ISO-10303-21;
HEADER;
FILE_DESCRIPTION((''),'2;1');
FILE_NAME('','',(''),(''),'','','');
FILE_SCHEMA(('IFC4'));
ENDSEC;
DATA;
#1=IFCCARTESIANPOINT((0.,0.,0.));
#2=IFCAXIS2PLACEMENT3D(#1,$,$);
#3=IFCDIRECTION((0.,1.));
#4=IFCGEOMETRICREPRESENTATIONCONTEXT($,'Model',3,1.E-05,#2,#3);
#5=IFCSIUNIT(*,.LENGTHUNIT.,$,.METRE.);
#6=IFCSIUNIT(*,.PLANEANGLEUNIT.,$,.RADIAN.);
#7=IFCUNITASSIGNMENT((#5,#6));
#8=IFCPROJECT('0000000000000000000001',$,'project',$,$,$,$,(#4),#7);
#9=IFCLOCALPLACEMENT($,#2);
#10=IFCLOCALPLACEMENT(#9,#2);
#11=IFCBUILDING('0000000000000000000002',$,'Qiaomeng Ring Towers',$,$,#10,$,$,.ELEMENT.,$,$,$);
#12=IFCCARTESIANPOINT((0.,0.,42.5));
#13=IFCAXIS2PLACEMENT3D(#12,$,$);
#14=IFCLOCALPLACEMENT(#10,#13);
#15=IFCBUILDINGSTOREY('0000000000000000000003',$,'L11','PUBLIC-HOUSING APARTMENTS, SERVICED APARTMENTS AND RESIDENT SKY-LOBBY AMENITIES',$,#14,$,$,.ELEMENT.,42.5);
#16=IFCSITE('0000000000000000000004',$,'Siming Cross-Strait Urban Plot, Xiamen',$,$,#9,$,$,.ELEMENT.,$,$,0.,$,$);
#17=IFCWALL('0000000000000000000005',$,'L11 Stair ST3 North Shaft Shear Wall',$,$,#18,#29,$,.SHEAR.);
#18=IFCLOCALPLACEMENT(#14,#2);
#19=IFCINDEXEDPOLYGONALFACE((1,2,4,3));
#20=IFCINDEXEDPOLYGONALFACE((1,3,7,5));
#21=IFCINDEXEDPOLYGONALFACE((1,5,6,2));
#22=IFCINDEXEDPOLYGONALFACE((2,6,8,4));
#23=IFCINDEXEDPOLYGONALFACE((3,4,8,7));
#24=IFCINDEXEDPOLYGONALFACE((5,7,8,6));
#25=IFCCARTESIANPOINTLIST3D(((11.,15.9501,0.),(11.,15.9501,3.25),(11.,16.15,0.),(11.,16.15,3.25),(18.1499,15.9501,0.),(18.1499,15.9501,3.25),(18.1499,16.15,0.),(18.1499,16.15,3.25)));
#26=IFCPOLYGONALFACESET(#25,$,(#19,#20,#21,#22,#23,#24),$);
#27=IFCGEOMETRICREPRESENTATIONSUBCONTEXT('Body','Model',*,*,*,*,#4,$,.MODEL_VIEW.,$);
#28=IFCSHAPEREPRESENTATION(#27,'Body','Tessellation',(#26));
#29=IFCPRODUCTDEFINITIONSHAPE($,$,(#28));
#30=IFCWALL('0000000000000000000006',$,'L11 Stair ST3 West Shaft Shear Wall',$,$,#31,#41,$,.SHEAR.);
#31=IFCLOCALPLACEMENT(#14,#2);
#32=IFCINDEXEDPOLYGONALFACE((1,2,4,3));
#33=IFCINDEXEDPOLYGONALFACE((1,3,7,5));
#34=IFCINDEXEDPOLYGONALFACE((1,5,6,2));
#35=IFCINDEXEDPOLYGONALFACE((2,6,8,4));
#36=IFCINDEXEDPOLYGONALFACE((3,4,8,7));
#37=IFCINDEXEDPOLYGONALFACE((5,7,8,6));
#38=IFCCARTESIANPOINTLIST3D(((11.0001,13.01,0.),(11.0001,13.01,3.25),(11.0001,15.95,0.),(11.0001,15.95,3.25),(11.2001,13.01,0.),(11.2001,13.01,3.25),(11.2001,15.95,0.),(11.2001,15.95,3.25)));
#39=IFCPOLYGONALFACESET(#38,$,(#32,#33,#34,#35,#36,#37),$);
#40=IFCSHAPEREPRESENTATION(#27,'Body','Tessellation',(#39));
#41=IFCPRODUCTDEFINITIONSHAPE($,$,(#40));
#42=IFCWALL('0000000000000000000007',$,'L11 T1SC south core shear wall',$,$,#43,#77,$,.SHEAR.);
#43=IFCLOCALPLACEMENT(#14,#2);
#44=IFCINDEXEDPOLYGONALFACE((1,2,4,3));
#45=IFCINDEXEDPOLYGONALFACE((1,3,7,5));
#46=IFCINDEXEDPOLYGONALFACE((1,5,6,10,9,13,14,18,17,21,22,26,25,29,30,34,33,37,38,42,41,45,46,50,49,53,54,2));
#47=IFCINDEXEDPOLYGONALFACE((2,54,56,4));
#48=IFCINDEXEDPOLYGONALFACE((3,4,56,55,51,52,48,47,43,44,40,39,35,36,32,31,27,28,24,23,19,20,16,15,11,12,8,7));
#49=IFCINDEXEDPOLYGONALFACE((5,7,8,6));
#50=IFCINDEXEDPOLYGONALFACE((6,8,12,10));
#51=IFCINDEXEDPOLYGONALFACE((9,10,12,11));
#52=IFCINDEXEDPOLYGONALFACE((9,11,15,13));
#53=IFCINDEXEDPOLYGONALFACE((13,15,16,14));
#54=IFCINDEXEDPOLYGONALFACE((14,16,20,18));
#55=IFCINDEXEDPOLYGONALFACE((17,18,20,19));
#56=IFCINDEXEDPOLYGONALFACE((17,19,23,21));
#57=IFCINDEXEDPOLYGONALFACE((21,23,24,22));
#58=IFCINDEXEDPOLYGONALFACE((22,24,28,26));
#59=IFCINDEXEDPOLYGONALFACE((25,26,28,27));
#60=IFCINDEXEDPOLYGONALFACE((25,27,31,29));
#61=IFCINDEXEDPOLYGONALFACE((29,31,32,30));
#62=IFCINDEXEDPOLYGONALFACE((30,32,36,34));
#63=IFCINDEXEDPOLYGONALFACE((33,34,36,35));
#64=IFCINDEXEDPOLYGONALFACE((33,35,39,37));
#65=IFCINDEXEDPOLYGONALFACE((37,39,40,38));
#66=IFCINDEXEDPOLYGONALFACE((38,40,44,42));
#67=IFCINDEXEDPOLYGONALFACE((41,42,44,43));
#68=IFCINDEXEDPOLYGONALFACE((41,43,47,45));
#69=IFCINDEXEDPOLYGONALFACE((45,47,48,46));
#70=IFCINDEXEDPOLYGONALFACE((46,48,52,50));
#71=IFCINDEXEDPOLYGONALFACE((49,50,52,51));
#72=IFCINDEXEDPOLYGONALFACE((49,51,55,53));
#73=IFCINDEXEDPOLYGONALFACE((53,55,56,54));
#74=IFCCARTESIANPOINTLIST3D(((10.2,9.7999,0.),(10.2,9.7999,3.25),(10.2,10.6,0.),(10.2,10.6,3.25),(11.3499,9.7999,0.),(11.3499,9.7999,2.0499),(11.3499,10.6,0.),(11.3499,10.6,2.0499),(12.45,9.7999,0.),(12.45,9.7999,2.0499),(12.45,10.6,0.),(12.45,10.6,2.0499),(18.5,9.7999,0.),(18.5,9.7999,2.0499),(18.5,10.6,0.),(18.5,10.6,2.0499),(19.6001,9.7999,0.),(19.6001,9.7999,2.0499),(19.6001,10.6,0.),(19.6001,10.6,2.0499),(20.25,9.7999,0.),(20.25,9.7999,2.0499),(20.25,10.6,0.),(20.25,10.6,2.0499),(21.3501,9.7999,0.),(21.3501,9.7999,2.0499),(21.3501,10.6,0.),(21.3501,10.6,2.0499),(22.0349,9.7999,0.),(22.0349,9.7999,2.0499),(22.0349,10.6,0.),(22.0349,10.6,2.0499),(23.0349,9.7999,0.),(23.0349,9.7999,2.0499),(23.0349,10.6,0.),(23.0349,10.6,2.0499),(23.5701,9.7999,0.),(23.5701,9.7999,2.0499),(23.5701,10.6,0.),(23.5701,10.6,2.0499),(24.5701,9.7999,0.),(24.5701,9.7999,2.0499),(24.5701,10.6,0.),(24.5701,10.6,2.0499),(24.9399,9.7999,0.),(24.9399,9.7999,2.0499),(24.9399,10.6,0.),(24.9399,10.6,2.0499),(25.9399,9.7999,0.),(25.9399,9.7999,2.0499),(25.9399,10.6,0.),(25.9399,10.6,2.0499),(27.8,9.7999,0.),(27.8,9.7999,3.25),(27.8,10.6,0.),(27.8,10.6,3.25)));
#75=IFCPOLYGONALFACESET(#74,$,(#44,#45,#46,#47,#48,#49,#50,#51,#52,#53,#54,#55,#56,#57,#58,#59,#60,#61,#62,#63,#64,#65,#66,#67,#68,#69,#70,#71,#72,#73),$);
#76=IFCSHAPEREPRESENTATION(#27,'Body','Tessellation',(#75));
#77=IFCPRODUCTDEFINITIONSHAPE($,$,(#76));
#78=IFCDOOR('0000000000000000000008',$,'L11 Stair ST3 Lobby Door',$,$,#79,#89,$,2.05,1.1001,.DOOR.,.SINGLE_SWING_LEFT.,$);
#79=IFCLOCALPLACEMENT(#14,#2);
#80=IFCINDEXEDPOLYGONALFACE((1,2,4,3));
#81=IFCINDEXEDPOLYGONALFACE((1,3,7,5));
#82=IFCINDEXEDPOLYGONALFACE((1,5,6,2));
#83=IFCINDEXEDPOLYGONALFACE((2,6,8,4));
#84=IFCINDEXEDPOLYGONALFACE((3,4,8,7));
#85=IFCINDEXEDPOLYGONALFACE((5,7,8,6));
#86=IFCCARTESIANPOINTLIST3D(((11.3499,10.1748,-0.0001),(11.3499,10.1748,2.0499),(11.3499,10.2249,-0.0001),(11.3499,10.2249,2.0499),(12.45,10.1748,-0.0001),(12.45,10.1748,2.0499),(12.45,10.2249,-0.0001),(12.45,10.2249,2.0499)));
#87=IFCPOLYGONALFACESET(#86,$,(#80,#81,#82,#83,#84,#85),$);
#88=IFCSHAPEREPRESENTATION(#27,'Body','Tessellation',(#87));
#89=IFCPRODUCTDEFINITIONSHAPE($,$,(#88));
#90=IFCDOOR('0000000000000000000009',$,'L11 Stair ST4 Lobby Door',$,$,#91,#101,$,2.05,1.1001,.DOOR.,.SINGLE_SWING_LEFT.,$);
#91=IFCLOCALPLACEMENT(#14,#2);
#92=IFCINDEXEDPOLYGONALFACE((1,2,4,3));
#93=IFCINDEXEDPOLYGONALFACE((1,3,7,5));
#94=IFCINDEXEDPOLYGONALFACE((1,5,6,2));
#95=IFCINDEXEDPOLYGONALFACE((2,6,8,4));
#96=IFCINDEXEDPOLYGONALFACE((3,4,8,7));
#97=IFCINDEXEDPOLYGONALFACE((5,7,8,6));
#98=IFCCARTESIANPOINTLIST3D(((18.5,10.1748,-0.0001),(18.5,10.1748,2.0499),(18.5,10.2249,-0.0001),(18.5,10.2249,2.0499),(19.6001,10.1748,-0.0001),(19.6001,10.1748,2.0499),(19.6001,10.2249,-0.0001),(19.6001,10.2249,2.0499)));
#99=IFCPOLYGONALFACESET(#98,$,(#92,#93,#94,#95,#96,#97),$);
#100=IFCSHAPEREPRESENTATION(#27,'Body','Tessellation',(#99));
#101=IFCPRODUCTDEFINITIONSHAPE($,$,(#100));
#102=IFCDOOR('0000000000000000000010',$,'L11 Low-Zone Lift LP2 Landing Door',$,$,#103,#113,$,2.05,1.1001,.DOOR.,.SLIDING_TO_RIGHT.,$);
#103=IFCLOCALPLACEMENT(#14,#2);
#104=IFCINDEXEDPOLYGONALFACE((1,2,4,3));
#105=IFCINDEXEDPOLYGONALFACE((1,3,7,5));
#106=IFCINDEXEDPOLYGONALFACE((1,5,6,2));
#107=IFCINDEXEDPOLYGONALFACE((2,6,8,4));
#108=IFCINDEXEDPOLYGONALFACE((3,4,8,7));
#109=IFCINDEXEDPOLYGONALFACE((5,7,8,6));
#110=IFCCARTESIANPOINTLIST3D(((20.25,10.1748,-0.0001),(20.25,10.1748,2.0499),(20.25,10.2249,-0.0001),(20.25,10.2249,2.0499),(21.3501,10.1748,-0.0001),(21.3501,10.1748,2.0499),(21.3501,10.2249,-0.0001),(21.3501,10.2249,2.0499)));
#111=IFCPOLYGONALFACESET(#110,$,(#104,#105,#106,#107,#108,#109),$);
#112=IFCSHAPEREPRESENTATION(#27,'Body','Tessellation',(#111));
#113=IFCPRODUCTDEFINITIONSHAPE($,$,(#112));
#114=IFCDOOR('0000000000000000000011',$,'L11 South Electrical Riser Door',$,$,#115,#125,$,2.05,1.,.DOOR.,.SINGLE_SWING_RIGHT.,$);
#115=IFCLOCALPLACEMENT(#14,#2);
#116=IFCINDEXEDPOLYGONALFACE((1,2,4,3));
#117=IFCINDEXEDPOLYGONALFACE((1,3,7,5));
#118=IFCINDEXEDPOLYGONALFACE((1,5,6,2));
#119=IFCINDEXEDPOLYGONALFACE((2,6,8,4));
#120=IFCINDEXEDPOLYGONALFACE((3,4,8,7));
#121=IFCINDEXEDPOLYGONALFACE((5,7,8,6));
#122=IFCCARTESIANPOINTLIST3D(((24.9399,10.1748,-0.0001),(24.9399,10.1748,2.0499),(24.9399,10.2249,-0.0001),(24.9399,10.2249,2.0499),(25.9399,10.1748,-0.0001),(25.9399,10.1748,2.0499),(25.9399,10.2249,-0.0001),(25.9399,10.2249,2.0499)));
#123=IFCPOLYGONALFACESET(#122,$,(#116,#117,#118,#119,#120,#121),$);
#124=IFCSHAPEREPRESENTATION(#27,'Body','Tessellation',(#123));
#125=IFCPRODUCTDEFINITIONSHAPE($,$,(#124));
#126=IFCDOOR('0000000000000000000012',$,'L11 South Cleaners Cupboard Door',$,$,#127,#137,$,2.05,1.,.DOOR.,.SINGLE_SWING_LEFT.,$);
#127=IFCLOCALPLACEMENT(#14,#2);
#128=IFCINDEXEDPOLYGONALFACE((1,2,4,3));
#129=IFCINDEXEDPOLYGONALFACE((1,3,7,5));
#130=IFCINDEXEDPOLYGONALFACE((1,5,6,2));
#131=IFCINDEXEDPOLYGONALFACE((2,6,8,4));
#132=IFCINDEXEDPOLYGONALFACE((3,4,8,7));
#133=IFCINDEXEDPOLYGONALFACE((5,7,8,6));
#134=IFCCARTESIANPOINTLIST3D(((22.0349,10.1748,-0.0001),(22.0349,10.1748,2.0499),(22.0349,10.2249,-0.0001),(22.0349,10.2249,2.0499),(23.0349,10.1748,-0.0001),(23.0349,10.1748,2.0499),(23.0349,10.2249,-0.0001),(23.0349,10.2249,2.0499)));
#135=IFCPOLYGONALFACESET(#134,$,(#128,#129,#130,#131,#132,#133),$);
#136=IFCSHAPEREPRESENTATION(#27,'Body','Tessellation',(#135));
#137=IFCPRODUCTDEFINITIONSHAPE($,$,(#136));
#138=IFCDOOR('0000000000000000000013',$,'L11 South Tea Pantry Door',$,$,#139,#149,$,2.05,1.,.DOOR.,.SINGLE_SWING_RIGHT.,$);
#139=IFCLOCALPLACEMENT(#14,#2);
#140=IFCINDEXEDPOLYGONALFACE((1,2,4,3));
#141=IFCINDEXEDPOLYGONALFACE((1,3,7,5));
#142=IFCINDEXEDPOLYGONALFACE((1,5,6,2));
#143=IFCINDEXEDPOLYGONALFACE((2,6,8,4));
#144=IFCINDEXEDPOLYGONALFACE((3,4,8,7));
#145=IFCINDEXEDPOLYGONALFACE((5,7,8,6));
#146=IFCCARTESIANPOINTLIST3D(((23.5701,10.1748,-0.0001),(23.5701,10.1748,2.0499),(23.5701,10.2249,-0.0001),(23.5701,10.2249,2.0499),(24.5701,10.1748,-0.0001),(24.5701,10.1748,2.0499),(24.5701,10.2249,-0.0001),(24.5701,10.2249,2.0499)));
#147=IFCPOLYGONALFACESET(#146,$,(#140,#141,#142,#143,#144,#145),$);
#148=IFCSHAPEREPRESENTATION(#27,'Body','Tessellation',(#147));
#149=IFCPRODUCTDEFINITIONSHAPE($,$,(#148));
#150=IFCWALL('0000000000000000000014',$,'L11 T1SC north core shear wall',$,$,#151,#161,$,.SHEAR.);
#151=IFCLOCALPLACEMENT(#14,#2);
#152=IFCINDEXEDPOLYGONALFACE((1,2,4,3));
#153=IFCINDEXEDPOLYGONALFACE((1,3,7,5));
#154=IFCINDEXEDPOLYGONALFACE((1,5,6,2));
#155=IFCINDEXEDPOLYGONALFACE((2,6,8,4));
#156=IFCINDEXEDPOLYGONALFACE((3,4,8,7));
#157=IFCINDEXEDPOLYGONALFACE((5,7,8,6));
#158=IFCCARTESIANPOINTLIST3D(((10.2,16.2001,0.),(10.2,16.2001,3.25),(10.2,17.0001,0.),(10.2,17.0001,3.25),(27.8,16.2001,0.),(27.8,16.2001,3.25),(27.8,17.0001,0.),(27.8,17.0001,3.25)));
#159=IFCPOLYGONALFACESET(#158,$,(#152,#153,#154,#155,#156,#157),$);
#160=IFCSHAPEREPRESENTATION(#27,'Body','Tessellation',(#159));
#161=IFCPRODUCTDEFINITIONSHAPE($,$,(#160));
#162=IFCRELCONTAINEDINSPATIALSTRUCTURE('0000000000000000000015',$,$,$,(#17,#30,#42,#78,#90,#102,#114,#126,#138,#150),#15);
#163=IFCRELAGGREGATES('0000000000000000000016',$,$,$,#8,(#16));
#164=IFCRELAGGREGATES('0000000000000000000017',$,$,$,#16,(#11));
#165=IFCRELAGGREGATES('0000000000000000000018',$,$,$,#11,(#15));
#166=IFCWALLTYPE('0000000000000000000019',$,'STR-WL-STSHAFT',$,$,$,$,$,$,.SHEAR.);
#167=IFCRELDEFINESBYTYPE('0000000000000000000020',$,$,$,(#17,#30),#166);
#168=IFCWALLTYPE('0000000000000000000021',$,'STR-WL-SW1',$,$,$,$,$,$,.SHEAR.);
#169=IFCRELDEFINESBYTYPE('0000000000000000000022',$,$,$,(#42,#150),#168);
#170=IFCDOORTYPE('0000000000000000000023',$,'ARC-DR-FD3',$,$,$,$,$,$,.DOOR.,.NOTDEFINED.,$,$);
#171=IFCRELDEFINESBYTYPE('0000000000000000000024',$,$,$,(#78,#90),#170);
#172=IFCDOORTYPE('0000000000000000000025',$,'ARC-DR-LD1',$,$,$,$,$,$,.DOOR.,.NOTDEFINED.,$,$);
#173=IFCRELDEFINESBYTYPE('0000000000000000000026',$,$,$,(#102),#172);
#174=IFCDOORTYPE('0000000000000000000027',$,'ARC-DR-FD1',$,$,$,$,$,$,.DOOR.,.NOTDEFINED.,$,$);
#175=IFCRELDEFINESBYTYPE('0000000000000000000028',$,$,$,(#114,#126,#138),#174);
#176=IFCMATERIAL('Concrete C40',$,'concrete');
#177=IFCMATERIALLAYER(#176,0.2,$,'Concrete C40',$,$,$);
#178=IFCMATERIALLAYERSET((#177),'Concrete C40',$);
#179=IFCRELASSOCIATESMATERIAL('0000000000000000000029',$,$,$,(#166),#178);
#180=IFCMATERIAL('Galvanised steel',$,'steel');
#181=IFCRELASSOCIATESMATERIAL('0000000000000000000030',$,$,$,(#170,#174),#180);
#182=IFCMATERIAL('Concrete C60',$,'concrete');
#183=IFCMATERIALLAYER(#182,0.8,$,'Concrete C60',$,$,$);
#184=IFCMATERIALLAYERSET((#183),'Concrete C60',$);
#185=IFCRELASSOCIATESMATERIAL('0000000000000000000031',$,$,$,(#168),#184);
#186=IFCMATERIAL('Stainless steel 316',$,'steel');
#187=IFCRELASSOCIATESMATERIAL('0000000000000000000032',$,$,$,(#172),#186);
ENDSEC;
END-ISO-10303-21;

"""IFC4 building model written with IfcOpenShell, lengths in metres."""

from ifc_helpers import new_model, si_unit, direction, frame, frame_2d, origin, place, context, subcontext, project, spatial, rectangle, extrude, source, transform, mapped, material, layer, layer_set, type_object, element, fill, save


model = new_model("IFC4")

# Units and contexts
model_context = context("Model", 3, precision=1e-05, world=origin(), true_north=direction((0.0, 1.0)))
body_context = subcontext(model_context, "Body", "Model", "MODEL_VIEW")
ifc_project = project(units=[si_unit("LENGTHUNIT", "METRE"), si_unit("PLANEANGLEUNIT", "RADIAN")], contexts=[model_context])

# Site, building, storey
site_placement = place(None, origin())
site = spatial("IfcSite", under=ifc_project, at=site_placement, Name="Siming Cross-Strait Urban Plot, Xiamen", CompositionType="ELEMENT", RefElevation=0.0)
building_placement = place(site_placement, origin())
building = spatial("IfcBuilding", under=site, at=building_placement, Name="Qiaomeng Ring Towers", CompositionType="ELEMENT")
storey_placement = place(building_placement, frame((0.0, 0.0, 42.5)))
storey = spatial("IfcBuildingStorey", under=building, at=storey_placement, Name="L11", Description="PUBLIC-HOUSING APARTMENTS, SERVICED APARTMENTS AND RESIDENT SKY-LOBBY AMENITIES", CompositionType="ELEMENT", Elevation=42.5)

# Shared definitions
shared_shape_1 = source(origin(), body_context, "Body", "SweptSolid", [
    extrude(rectangle(XDim=1.0, YDim=2.05, at=frame_2d((0.5, 1.0249))), frame((0.0, 0.0249, 0.0), z_axis=(0.0, -1.0, 0.0), x_axis=(1.0, 0.0, 0.0)), (0.0, 0.0, 1.0), 0.05),
])

# Shared definitions
ifc_material_1 = material(Name="Concrete C40", Category="concrete")
ifc_layer_1 = layer(ifc_material_1, 0.2, Name="Concrete C40")
ifc_layer_set_1 = layer_set([ifc_layer_1], Name="Concrete C40")
wall_type_1 = type_object("IfcWallType", Name="STR-WL-STSHAFT", PredefinedType="SHEAR", material=ifc_layer_set_1)

# Shared definitions
ifc_material_2 = material(Name="Galvanised steel", Category="steel")
door_type_1 = type_object("IfcDoorType", Name="ARC-DR-FD3", OperationType="NOTDEFINED", PredefinedType="DOOR", material=ifc_material_2)
shared_shape_2 = source(origin(), body_context, "Body", "SweptSolid", [
    extrude(rectangle(XDim=1.1001, YDim=2.05, at=frame_2d((0.55, 1.0249))), frame((0.0, 0.0249, 0.0), z_axis=(0.0, -1.0, 0.0), x_axis=(1.0, 0.0, 0.0)), (0.0, 0.0, 1.0), 0.05),
])

# Walls
wall_1_placement = place(storey_placement, frame((11.0, 16.05, 0.0), z_axis=(0.0, 0.0, 1.0), x_axis=(1.0, 0.0, 0.0)))
element("IfcWall", 1, at=wall_1_placement, inside=storey, type_object=wall_type_1, Name="L11 Stair ST3 North Shaft Shear Wall", PredefinedType="SHEAR", context=body_context, shape_type="SweptSolid", body=[
    extrude(rectangle(XDim=7.1499, YDim=0.2, at=frame_2d((3.575, 0.0))), origin(), (0.0, 0.0, 1.0), 3.25),
])
wall_2_placement = place(storey_placement, frame((11.1001, 13.01, 0.0), z_axis=(0.0, 0.0, 1.0), x_axis=(0.0, 1.0, 0.0)))
element("IfcWall", 2, at=wall_2_placement, inside=storey, type_object=wall_type_1, Name="L11 Stair ST3 West Shaft Shear Wall", PredefinedType="SHEAR", context=body_context, shape_type="SweptSolid", body=[
    extrude(rectangle(XDim=2.9399, YDim=0.2, at=frame_2d((1.47, 0.0))), origin(), (0.0, 0.0, 1.0), 3.25),
])

# Wall, openings, doors
ifc_material_3 = material(Name="Concrete C60", Category="concrete")
ifc_layer_2 = layer(ifc_material_3, 0.8, Name="Concrete C60")
ifc_layer_set_2 = layer_set([ifc_layer_2], Name="Concrete C60")
wall_type_2 = type_object("IfcWallType", Name="STR-WL-SW1", PredefinedType="SHEAR", material=ifc_layer_set_2)
wall_3_placement = place(storey_placement, frame((10.2, 10.2, 0.0), z_axis=(0.0, 0.0, 1.0), x_axis=(1.0, 0.0, 0.0)))
wall_3 = element("IfcWall", 3, at=wall_3_placement, inside=storey, type_object=wall_type_2, Name="L11 T1SC south core shear wall", PredefinedType="SHEAR", context=body_context, shape_type="SweptSolid", body=[
    extrude(rectangle(XDim=17.6001, YDim=0.8, at=frame_2d((8.8, 0.0))), origin(), (0.0, 0.0, 1.0), 3.25),
])
opening_1_placement = place(wall_3_placement, frame((1.1499, 0.0, 0.0)))
opening_1 = element("IfcOpeningElement", 4, at=opening_1_placement, cuts=wall_3, PredefinedType="OPENING", context=body_context, shape_type="SweptSolid", body=[
    extrude(rectangle(XDim=1.1001, YDim=2.05, at=frame_2d((0.55, 1.0249))), frame((0.0, 0.4099, 0.0), z_axis=(0.0, -1.0, 0.0), x_axis=(1.0, 0.0, 0.0)), (0.0, 0.0, 1.0), 0.8201),
])
opening_2_placement = place(wall_3_placement, frame((8.3, 0.0, 0.0)))
opening_2 = element("IfcOpeningElement", 5, at=opening_2_placement, cuts=wall_3, PredefinedType="OPENING", context=body_context, shape_type="SweptSolid", body=[
    extrude(rectangle(XDim=1.1001, YDim=2.05, at=frame_2d((0.55, 1.0249))), frame((0.0, 0.4099, 0.0), z_axis=(0.0, -1.0, 0.0), x_axis=(1.0, 0.0, 0.0)), (0.0, 0.0, 1.0), 0.8201),
])
opening_3_placement = place(wall_3_placement, frame((10.05, 0.0, 0.0)))
opening_3 = element("IfcOpeningElement", 6, at=opening_3_placement, cuts=wall_3, PredefinedType="OPENING", context=body_context, shape_type="SweptSolid", body=[
    extrude(rectangle(XDim=1.1001, YDim=2.05, at=frame_2d((0.55, 1.0249))), frame((0.0, 0.4099, 0.0), z_axis=(0.0, -1.0, 0.0), x_axis=(1.0, 0.0, 0.0)), (0.0, 0.0, 1.0), 0.8201),
])
opening_4_placement = place(wall_3_placement, frame((14.74, 0.0, 0.0)))
opening_4 = element("IfcOpeningElement", 7, at=opening_4_placement, cuts=wall_3, PredefinedType="OPENING", context=body_context, shape_type="SweptSolid", body=[
    extrude(rectangle(XDim=1.0, YDim=2.05, at=frame_2d((0.5, 1.0249))), frame((0.0, 0.4099, 0.0), z_axis=(0.0, -1.0, 0.0), x_axis=(1.0, 0.0, 0.0)), (0.0, 0.0, 1.0), 0.8201),
])
opening_5_placement = place(wall_3_placement, frame((11.835, 0.0, 0.0)))
opening_5 = element("IfcOpeningElement", 8, at=opening_5_placement, cuts=wall_3, PredefinedType="OPENING", context=body_context, shape_type="SweptSolid", body=[
    extrude(rectangle(XDim=1.0, YDim=2.05, at=frame_2d((0.5, 1.0249))), frame((0.0, 0.4099, 0.0), z_axis=(0.0, -1.0, 0.0), x_axis=(1.0, 0.0, 0.0)), (0.0, 0.0, 1.0), 0.8201),
])
opening_6_placement = place(wall_3_placement, frame((13.3701, 0.0, 0.0)))
opening_6 = element("IfcOpeningElement", 9, at=opening_6_placement, cuts=wall_3, PredefinedType="OPENING", context=body_context, shape_type="SweptSolid", body=[
    extrude(rectangle(XDim=1.0, YDim=2.05, at=frame_2d((0.5, 1.0249))), frame((0.0, 0.4099, 0.0), z_axis=(0.0, -1.0, 0.0), x_axis=(1.0, 0.0, 0.0)), (0.0, 0.0, 1.0), 0.8201),
])
door_1_placement = place(opening_1_placement, origin())
door_1 = element("IfcDoor", 10, at=door_1_placement, inside=storey, type_object=door_type_1, Name="L11 Stair ST3 Lobby Door", OperationType="SINGLE_SWING_LEFT", OverallHeight=2.05, OverallWidth=1.1001, PredefinedType="DOOR", context=body_context, shape_type="MappedRepresentation", body=[
    mapped(shared_shape_2, transform((0.0, 0.0, 0.0), x_axis=(1.0, 0.0, 0.0), y_axis=(0.0, 1.0, 0.0), z_axis=(0.0, 0.0, 1.0), scale=1.0)),
])
fill(opening_1, door_1)
door_2_placement = place(opening_2_placement, origin())
door_2 = element("IfcDoor", 11, at=door_2_placement, inside=storey, type_object=door_type_1, Name="L11 Stair ST4 Lobby Door", OperationType="SINGLE_SWING_LEFT", OverallHeight=2.05, OverallWidth=1.1001, PredefinedType="DOOR", context=body_context, shape_type="MappedRepresentation", body=[
    mapped(shared_shape_2, transform((0.0, 0.0, 0.0), x_axis=(1.0, 0.0, 0.0), y_axis=(0.0, 1.0, 0.0), z_axis=(0.0, 0.0, 1.0), scale=1.0)),
])
fill(opening_2, door_2)
ifc_material_4 = material(Name="Stainless steel 316", Category="steel")
door_type_2 = type_object("IfcDoorType", Name="ARC-DR-LD1", OperationType="NOTDEFINED", PredefinedType="DOOR", material=ifc_material_4)
door_3_placement = place(opening_3_placement, origin())
door_3 = element("IfcDoor", 12, at=door_3_placement, inside=storey, type_object=door_type_2, Name="L11 Low-Zone Lift LP2 Landing Door", OperationType="SLIDING_TO_RIGHT", OverallHeight=2.05, OverallWidth=1.1001, PredefinedType="DOOR", context=body_context, shape_type="MappedRepresentation", body=[
    mapped(shared_shape_2, transform((0.0, 0.0, 0.0), x_axis=(1.0, 0.0, 0.0), y_axis=(0.0, 1.0, 0.0), z_axis=(0.0, 0.0, 1.0), scale=1.0)),
])
fill(opening_3, door_3)
door_type_3 = type_object("IfcDoorType", Name="ARC-DR-FD1", OperationType="NOTDEFINED", PredefinedType="DOOR", material=ifc_material_2)
door_4_placement = place(opening_4_placement, origin())
door_4 = element("IfcDoor", 13, at=door_4_placement, inside=storey, type_object=door_type_3, Name="L11 South Electrical Riser Door", OperationType="SINGLE_SWING_RIGHT", OverallHeight=2.05, OverallWidth=1.0, PredefinedType="DOOR", context=body_context, shape_type="MappedRepresentation", body=[
    mapped(shared_shape_1, transform((0.0, 0.0, 0.0), x_axis=(1.0, 0.0, 0.0), y_axis=(0.0, 1.0, 0.0), z_axis=(0.0, 0.0, 1.0), scale=1.0)),
])
fill(opening_4, door_4)
door_5_placement = place(opening_5_placement, origin())
door_5 = element("IfcDoor", 14, at=door_5_placement, inside=storey, type_object=door_type_3, Name="L11 South Cleaners Cupboard Door", OperationType="SINGLE_SWING_LEFT", OverallHeight=2.05, OverallWidth=1.0, PredefinedType="DOOR", context=body_context, shape_type="MappedRepresentation", body=[
    mapped(shared_shape_1, transform((0.0, 0.0, 0.0), x_axis=(1.0, 0.0, 0.0), y_axis=(0.0, 1.0, 0.0), z_axis=(0.0, 0.0, 1.0), scale=1.0)),
])
fill(opening_5, door_5)
door_6_placement = place(opening_6_placement, origin())
door_6 = element("IfcDoor", 15, at=door_6_placement, inside=storey, type_object=door_type_3, Name="L11 South Tea Pantry Door", OperationType="SINGLE_SWING_RIGHT", OverallHeight=2.05, OverallWidth=1.0, PredefinedType="DOOR", context=body_context, shape_type="MappedRepresentation", body=[
    mapped(shared_shape_1, transform((0.0, 0.0, 0.0), x_axis=(1.0, 0.0, 0.0), y_axis=(0.0, 1.0, 0.0), z_axis=(0.0, 0.0, 1.0), scale=1.0)),
])
fill(opening_6, door_6)

# Wall
wall_4_placement = place(storey_placement, frame((10.2, 16.6001, 0.0), z_axis=(0.0, 0.0, 1.0), x_axis=(1.0, 0.0, 0.0)))
element("IfcWall", 16, at=wall_4_placement, inside=storey, type_object=wall_type_2, Name="L11 T1SC north core shear wall", PredefinedType="SHEAR", context=body_context, shape_type="SweptSolid", body=[
    extrude(rectangle(XDim=17.6001, YDim=0.8, at=frame_2d((8.8, 0.0))), origin(), (0.0, 0.0, 1.0), 3.25),
])

save(model, "model.ifc")
